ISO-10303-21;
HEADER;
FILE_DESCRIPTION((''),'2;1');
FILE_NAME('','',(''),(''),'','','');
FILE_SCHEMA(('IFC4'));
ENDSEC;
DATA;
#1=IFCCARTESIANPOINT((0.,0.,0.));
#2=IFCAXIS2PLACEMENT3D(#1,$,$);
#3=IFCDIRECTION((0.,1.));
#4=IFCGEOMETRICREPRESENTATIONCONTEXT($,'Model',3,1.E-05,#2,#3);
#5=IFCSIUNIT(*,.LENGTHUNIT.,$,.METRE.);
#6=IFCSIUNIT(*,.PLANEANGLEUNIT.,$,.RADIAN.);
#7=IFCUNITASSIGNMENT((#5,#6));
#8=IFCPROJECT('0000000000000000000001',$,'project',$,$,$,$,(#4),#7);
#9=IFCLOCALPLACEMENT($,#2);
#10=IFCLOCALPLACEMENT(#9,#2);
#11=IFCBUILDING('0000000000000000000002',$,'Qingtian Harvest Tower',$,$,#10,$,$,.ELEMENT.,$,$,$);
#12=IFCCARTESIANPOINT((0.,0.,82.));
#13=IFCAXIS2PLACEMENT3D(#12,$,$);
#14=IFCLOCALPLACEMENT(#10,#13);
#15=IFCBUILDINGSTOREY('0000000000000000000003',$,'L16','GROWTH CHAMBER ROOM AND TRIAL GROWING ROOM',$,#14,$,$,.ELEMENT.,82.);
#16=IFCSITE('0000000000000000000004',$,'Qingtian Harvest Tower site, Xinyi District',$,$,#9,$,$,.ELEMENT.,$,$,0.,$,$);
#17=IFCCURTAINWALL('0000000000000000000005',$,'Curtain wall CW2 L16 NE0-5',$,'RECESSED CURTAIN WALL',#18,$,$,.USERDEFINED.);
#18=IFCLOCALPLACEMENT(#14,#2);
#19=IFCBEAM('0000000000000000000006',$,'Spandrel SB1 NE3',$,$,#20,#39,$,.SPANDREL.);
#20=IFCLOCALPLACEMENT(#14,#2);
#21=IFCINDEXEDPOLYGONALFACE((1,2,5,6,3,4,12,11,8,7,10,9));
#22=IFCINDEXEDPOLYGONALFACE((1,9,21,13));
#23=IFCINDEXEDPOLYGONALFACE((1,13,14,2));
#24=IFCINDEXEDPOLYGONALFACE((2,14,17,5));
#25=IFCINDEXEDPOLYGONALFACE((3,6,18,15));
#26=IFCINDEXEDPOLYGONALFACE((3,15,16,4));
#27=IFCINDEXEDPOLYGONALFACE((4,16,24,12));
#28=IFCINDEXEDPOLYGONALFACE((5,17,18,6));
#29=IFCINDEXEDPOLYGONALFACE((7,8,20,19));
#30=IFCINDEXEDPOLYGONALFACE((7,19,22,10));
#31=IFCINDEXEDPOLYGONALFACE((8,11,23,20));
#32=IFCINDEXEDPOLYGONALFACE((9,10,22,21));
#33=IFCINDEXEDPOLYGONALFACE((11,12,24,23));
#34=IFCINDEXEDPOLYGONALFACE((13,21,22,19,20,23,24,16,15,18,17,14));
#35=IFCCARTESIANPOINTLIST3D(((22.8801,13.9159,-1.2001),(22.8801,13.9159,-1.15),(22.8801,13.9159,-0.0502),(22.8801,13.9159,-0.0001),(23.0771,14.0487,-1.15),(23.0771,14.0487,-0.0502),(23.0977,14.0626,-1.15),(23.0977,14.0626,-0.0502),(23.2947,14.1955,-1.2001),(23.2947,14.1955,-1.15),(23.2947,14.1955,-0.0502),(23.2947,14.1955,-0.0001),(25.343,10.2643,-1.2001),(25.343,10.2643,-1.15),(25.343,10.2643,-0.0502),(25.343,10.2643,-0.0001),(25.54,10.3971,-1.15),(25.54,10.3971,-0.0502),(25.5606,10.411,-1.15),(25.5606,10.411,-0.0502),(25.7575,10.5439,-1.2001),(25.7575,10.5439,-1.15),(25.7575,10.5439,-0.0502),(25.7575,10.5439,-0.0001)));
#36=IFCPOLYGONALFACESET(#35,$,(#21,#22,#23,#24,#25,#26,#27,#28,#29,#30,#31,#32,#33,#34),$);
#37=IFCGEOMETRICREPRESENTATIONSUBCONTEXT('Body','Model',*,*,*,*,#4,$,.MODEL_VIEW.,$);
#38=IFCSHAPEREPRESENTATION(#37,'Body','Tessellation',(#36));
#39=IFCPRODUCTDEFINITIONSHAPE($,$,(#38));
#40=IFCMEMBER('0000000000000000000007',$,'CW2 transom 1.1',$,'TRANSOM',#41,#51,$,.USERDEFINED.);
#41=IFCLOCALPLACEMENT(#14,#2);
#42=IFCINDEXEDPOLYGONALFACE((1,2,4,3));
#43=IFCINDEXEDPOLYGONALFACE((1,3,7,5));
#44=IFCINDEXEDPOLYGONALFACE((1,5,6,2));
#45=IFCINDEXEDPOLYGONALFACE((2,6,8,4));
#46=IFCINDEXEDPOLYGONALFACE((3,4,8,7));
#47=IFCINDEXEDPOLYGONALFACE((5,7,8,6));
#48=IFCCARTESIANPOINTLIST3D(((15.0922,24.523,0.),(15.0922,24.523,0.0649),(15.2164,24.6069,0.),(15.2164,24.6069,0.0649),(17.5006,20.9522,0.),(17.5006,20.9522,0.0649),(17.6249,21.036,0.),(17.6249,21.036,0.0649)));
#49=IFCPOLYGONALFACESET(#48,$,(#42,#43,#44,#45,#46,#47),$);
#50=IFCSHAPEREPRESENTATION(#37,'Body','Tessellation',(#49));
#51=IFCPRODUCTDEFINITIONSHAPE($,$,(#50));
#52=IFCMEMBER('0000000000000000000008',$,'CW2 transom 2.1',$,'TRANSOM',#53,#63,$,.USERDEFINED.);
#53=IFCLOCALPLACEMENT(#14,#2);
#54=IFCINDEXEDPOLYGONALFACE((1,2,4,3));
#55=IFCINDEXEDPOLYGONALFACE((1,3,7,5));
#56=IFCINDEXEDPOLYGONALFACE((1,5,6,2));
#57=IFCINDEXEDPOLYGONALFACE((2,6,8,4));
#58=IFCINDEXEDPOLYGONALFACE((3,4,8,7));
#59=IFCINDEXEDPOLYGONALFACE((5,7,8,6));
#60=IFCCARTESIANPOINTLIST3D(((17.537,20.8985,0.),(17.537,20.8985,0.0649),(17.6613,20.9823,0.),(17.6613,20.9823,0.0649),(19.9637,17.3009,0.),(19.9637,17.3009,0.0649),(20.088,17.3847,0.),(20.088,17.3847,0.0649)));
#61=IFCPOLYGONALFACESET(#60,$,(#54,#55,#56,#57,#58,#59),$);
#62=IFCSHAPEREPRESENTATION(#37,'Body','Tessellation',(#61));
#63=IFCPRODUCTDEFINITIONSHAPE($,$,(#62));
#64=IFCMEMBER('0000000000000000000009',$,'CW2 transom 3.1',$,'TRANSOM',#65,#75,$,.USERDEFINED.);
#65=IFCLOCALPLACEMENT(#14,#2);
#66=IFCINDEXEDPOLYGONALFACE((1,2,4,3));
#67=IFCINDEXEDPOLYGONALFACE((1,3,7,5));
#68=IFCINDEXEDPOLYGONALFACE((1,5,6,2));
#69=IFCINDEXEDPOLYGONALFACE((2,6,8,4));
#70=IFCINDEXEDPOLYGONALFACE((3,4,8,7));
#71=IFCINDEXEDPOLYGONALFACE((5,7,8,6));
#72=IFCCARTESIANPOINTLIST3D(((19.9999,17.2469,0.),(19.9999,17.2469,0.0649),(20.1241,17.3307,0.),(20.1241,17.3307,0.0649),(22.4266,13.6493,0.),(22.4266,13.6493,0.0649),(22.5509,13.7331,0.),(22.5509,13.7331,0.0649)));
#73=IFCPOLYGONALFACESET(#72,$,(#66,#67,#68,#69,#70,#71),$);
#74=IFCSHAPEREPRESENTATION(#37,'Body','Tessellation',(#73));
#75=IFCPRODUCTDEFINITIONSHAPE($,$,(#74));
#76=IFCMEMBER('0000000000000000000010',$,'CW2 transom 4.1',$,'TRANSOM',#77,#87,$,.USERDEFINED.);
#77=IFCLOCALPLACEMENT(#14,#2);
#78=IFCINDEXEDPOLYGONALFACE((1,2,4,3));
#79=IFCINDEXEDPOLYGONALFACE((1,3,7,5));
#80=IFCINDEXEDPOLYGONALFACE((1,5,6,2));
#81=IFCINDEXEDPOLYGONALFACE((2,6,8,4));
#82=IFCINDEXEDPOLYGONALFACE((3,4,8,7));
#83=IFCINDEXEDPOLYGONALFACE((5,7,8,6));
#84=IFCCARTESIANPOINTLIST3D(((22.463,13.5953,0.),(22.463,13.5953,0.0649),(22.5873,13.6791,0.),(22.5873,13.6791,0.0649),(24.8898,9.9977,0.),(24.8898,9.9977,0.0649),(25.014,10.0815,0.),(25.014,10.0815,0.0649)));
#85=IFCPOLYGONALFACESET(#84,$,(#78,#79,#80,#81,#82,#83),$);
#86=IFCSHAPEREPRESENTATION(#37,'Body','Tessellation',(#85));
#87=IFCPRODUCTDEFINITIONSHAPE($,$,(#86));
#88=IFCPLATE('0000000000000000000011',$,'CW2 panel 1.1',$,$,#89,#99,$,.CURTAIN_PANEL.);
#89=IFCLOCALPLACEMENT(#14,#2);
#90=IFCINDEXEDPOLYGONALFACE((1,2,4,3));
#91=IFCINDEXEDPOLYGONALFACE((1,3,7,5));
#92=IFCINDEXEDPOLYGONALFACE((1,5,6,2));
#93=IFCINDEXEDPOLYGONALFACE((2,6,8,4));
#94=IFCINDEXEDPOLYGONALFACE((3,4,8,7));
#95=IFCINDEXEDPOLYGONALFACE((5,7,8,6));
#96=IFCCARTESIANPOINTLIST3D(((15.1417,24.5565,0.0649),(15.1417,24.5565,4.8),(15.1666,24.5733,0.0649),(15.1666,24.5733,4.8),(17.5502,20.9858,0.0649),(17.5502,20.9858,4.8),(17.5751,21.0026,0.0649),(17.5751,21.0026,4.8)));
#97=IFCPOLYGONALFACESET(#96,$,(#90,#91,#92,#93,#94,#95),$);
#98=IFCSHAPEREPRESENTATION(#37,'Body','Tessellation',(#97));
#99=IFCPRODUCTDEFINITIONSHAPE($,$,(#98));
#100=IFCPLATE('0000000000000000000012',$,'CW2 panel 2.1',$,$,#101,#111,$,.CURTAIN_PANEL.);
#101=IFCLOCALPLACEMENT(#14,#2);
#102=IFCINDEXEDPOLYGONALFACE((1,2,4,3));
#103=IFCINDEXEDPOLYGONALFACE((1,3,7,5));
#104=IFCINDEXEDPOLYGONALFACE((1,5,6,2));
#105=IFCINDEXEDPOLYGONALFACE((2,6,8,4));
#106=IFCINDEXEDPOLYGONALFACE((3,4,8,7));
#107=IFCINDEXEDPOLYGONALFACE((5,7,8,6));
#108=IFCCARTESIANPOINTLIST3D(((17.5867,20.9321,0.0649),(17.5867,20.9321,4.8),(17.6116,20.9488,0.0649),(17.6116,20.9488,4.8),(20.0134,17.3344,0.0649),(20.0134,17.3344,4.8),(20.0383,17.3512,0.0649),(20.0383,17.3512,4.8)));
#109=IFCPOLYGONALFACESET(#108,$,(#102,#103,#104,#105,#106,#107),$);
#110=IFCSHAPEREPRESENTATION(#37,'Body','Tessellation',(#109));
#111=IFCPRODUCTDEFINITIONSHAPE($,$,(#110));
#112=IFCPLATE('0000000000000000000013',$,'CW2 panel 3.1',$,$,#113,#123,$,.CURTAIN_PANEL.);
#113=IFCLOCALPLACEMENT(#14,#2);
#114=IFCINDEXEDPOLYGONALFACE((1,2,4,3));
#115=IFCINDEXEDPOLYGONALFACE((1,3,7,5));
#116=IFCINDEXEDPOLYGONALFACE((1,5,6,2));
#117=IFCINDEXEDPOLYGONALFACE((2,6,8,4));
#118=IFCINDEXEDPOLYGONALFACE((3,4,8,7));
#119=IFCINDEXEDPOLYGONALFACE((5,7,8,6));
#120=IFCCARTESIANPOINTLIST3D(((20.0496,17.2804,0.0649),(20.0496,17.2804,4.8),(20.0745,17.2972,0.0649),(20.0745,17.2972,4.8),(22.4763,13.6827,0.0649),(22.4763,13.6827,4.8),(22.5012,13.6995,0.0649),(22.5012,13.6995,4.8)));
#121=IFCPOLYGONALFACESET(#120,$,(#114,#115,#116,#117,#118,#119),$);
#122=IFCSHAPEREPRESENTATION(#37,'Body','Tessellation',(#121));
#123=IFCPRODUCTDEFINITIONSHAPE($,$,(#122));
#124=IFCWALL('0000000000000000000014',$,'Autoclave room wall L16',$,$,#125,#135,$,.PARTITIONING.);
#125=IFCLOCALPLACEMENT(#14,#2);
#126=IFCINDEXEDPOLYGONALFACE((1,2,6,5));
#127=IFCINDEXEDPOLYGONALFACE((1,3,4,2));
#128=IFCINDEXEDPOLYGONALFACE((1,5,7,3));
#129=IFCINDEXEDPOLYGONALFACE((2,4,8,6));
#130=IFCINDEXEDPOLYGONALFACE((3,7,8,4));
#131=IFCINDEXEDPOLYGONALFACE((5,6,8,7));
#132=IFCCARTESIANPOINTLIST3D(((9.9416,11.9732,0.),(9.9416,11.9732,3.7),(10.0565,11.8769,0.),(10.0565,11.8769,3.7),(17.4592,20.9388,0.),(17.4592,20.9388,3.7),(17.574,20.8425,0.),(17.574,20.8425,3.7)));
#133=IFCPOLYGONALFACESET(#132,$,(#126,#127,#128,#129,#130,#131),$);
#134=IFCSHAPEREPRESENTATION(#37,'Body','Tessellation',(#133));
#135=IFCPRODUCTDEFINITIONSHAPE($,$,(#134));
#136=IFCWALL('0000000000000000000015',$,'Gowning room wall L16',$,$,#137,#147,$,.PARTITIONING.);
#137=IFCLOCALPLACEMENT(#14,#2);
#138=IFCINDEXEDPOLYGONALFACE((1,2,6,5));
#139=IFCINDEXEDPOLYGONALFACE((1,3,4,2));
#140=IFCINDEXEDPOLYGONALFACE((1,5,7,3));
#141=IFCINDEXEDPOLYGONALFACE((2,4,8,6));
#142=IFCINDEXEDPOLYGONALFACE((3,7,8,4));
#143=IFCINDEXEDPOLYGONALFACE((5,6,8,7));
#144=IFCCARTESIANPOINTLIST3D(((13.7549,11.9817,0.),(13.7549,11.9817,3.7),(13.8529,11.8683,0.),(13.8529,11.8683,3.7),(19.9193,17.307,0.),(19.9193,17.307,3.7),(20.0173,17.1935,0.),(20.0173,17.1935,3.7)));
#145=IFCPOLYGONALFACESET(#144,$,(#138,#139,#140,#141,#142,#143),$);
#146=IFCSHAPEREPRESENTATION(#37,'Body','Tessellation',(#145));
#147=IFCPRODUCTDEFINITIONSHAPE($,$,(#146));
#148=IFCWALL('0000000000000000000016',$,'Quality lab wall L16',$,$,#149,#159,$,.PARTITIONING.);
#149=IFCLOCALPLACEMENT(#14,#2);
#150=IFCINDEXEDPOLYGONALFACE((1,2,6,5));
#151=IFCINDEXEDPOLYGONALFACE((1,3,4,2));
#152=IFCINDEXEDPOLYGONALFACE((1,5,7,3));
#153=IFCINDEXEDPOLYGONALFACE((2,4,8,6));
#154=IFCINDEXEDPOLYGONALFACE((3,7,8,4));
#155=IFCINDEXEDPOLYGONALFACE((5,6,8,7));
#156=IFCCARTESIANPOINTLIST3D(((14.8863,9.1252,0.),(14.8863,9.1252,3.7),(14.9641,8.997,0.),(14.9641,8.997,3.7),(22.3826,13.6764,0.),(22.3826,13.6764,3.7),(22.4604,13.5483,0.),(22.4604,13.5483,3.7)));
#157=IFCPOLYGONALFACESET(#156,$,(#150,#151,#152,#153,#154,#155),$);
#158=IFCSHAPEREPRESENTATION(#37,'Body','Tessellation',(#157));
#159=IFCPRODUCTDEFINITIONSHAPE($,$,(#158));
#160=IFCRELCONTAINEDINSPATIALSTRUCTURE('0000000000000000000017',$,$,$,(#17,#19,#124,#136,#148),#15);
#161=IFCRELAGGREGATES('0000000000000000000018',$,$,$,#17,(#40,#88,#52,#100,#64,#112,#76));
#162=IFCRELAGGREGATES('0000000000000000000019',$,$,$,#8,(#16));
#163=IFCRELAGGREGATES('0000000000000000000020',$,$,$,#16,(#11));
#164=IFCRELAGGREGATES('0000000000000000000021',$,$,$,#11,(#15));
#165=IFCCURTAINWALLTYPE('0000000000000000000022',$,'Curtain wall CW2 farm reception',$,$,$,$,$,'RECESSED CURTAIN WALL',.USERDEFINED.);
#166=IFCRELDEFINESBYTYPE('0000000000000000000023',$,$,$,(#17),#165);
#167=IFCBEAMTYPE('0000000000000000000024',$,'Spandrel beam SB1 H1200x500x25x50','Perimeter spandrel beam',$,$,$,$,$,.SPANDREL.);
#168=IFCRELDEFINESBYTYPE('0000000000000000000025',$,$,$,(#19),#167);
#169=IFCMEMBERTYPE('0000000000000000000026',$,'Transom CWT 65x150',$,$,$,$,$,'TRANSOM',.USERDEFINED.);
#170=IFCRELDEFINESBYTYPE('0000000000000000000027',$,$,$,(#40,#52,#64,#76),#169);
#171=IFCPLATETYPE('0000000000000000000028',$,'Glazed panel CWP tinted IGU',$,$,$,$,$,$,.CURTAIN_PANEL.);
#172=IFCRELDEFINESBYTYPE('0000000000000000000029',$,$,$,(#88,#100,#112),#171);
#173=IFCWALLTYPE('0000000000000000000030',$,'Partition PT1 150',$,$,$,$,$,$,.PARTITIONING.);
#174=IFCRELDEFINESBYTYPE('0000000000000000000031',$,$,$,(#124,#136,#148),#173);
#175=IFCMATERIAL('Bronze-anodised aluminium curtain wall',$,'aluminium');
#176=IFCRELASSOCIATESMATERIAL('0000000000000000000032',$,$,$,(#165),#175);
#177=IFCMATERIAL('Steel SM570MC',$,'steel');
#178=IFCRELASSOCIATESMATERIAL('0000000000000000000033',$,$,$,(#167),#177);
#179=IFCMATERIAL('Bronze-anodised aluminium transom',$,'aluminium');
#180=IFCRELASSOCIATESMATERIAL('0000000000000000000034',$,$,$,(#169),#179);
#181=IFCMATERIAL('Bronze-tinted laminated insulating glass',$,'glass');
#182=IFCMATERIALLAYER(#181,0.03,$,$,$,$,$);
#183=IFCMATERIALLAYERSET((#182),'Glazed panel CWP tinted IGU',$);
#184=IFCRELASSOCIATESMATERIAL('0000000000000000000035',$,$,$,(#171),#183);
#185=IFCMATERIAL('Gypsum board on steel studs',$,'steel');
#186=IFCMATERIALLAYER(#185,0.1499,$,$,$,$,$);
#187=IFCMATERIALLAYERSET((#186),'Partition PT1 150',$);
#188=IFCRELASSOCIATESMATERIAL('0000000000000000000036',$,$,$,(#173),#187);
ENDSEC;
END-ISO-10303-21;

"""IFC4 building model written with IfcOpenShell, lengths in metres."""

from ifc_helpers import new_model, si_unit, direction, frame, frame_2d, origin, origin_2d, place, context, subcontext, project, spatial, rectangle, i_section, extrude, material, layer, layer_set, material_profile, profile_set, type_object, element, aggregate, save


model = new_model("IFC4")

# Units and contexts
model_context = context("Model", 3, precision=1e-05, world=origin(), true_north=direction((0.0, 1.0)))
body_context = subcontext(model_context, "Body", "Model", "MODEL_VIEW")
ifc_project = project(units=[si_unit("LENGTHUNIT", "METRE"), si_unit("PLANEANGLEUNIT", "RADIAN")], contexts=[model_context])

# Site, building, storey
site_placement = place(None, origin())
site = spatial("IfcSite", under=ifc_project, at=site_placement, Name="Qingtian Harvest Tower site, Xinyi District", CompositionType="ELEMENT", RefElevation=0.0)
building_placement = place(site_placement, origin())
building = spatial("IfcBuilding", under=site, at=building_placement, Name="Qingtian Harvest Tower", CompositionType="ELEMENT")
storey_placement = place(building_placement, frame((0.0, 0.0, 82.0)))
storey = spatial("IfcBuildingStorey", under=building, at=storey_placement, Name="L16", Description="GROWTH CHAMBER ROOM AND TRIAL GROWING ROOM", CompositionType="ELEMENT", Elevation=82.0)

# Shared definitions
ifc_material_1 = material(Name="Bronze-anodised aluminium curtain wall", Category="aluminium")
curtain_wall_type = type_object("IfcCurtainWallType", Name="Curtain wall CW2 farm reception", ElementType="RECESSED CURTAIN WALL", PredefinedType="USERDEFINED", material=ifc_material_1)

# Curtain wall
curtain_wall_1_placement = place(storey_placement, origin())
curtain_wall_1 = element("IfcCurtainWall", 1, at=curtain_wall_1_placement, inside=storey, type_object=curtain_wall_type, Name="Curtain wall CW2 L16 NE0-5", ObjectType="RECESSED CURTAIN WALL", PredefinedType="USERDEFINED")

# Beam
ifc_material_2 = material(Name="Steel SM570MC", Category="steel")
ifc_material_profile_1 = material_profile(ifc_material_2, i_section(OverallWidth=0.5, OverallDepth=1.2, WebThickness=0.0249, FlangeThickness=0.05, at=origin_2d()), Name="H1200x500x25x50")
ifc_profile_set_1 = profile_set([ifc_material_profile_1], Name="Steel SM570MC")
beam_type_1 = type_object("IfcBeamType", Name="Spandrel beam SB1 H1200x500x25x50", Description="Perimeter spandrel beam", PredefinedType="SPANDREL", material=ifc_profile_set_1)
for number, where, z_axis, x_axis, name in (
    (2, (23.0874, 14.0557, -0.6001), (0.559169, -0.829054, 0.0), (0.829054, 0.559169, 0.0), "Spandrel SB1 NE3"),
):
    element("IfcBeam", number, at=place(storey_placement, frame(where, z_axis=z_axis, x_axis=x_axis)), inside=storey, type_object=beam_type_1, Name=name, PredefinedType="SPANDREL", context=body_context, shape_type="SweptSolid", body=[
        extrude(i_section(OverallWidth=0.5, OverallDepth=1.2, WebThickness=0.0249, FlangeThickness=0.05, at=origin_2d()), origin(), (0.0, 0.0, 1.0), 4.4045),
    ])

# Members
ifc_material_3 = material(Name="Bronze-anodised aluminium transom", Category="aluminium")
ifc_material_profile_2 = material_profile(ifc_material_3, rectangle(XDim=0.1499, YDim=0.0649, at=origin_2d()), Name="AL 65x150")
ifc_profile_set_2 = profile_set([ifc_material_profile_2], Name="Bronze-anodised aluminium transom")
member_type_1 = type_object("IfcMemberType", Name="Transom CWT 65x150", ElementType="TRANSOM", PredefinedType="USERDEFINED", material=ifc_profile_set_2)
member_1_placement = place(storey_placement, frame((15.1543, 24.5649, 0.0325), z_axis=(0.559179, -0.829047, 0.0), x_axis=(0.829047, 0.559179, 0.0)))
member_1 = element("IfcMember", 3, at=member_1_placement, type_object=member_type_1, Name="CW2 transom 1.1", ObjectType="TRANSOM", PredefinedType="USERDEFINED", context=body_context, shape_type="SweptSolid", body=[
    extrude(rectangle(XDim=0.1499, YDim=0.0649, at=origin_2d()), origin(), (0.0, 0.0, 1.0), 4.3071),
])
member_2_placement = place(storey_placement, frame((17.5991, 20.9404, 0.0325), z_axis=(0.55921, -0.829026, 0.0), x_axis=(0.829026, 0.55921, 0.0)))
member_2 = element("IfcMember", 4, at=member_2_placement, type_object=member_type_1, Name="CW2 transom 2.1", ObjectType="TRANSOM", PredefinedType="USERDEFINED", context=body_context, shape_type="SweptSolid", body=[
    extrude(rectangle(XDim=0.1499, YDim=0.0649, at=origin_2d()), origin(), (0.0, 0.0, 1.0), 4.3396),
])
member_3_placement = place(storey_placement, frame((20.062, 17.2888, 0.0325), z_axis=(0.55921, -0.829026, 0.0), x_axis=(0.829026, 0.55921, 0.0)))
member_3 = element("IfcMember", 5, at=member_3_placement, type_object=member_type_1, Name="CW2 transom 3.1", ObjectType="TRANSOM", PredefinedType="USERDEFINED", context=body_context, shape_type="SweptSolid", body=[
    extrude(rectangle(XDim=0.1499, YDim=0.0649, at=origin_2d()), origin(), (0.0, 0.0, 1.0), 4.3396),
])
member_4_placement = place(storey_placement, frame((22.5251, 13.6372, 0.0325), z_axis=(0.55921, -0.829026, 0.0), x_axis=(0.829026, 0.55921, 0.0)))
member_4 = element("IfcMember", 6, at=member_4_placement, type_object=member_type_1, Name="CW2 transom 4.1", ObjectType="TRANSOM", PredefinedType="USERDEFINED", context=body_context, shape_type="SweptSolid", body=[
    extrude(rectangle(XDim=0.1499, YDim=0.0649, at=origin_2d()), origin(), (0.0, 0.0, 1.0), 4.3396),
])

# Plates
ifc_material_4 = material(Name="Bronze-tinted laminated insulating glass", Category="glass")
ifc_layer_1 = layer(ifc_material_4, 0.03)
ifc_layer_set_1 = layer_set([ifc_layer_1], Name="Glazed panel CWP tinted IGU")
plate_type = type_object("IfcPlateType", Name="Glazed panel CWP tinted IGU", PredefinedType="CURTAIN_PANEL", material=ifc_layer_set_1)
plate_1_placement = place(storey_placement, frame((16.3584, 22.7795, 0.0649), z_axis=(0.0, 0.0, 1.0), x_axis=(0.559193, -0.829038, 0.0)))
plate_1 = element("IfcPlate", 7, at=plate_1_placement, type_object=plate_type, Name="CW2 panel 1.1", PredefinedType="CURTAIN_PANEL", context=body_context, shape_type="SweptSolid", body=[
    extrude(rectangle(XDim=4.3071, YDim=0.03, at=origin_2d()), origin(), (0.0, 0.0, 1.0), 4.7351),
])
plate_2_placement = place(storey_placement, frame((18.8125, 19.1416, 0.0649), z_axis=(0.0, 0.0, 1.0), x_axis=(0.559193, -0.829038, 0.0)))
plate_2 = element("IfcPlate", 8, at=plate_2_placement, type_object=plate_type, Name="CW2 panel 2.1", PredefinedType="CURTAIN_PANEL", context=body_context, shape_type="SweptSolid", body=[
    extrude(rectangle(XDim=4.3396, YDim=0.03, at=origin_2d()), origin(), (0.0, 0.0, 1.0), 4.7351),
])
plate_3_placement = place(storey_placement, frame((21.2754, 15.49, 0.0649), z_axis=(0.0, 0.0, 1.0), x_axis=(0.559193, -0.829038, 0.0)))
plate_3 = element("IfcPlate", 9, at=plate_3_placement, type_object=plate_type, Name="CW2 panel 3.1", PredefinedType="CURTAIN_PANEL", context=body_context, shape_type="SweptSolid", body=[
    extrude(rectangle(XDim=4.3396, YDim=0.03, at=origin_2d()), origin(), (0.0, 0.0, 1.0), 4.7351),
])
aggregate(curtain_wall_1, [member_1, plate_1, member_2, plate_2, member_3, plate_3, member_4])

# Walls
ifc_material_5 = material(Name="Gypsum board on steel studs", Category="steel")
ifc_layer_2 = layer(ifc_material_5, 0.1499)
ifc_layer_set_2 = layer_set([ifc_layer_2], Name="Partition PT1 150")
wall_type = type_object("IfcWallType", Name="Partition PT1 150", PredefinedType="PARTITIONING", material=ifc_layer_set_2)
wall_1_placement = place(storey_placement, frame((17.5166, 20.8906, 0.0), z_axis=(0.0, 0.0, 1.0), x_axis=(-0.642515, -0.766273, 0.0)))
element("IfcWall", 10, at=wall_1_placement, inside=storey, type_object=wall_type, Name="Autoclave room wall L16", PredefinedType="PARTITIONING", context=body_context, shape_type="SweptSolid", body=[
    extrude(rectangle(XDim=11.7002, YDim=0.1499, at=frame_2d((5.8501, 0.0))), origin(), (0.0, 0.0, 1.0), 3.7),
])
wall_2_placement = place(storey_placement, frame((19.9683, 17.2502, 0.0), z_axis=(0.0, 0.0, 1.0), x_axis=(-0.756733, -0.653724, 0.0)))
element("IfcWall", 11, at=wall_2_placement, inside=storey, type_object=wall_type, Name="Gowning room wall L16", PredefinedType="PARTITIONING", context=body_context, shape_type="SweptSolid", body=[
    extrude(rectangle(XDim=8.146, YDim=0.1499, at=frame_2d((4.073, 0.0))), origin(), (0.0, 0.0, 1.0), 3.7),
])
wall_3_placement = place(storey_placement, frame((22.4214, 13.6123, 0.0), z_axis=(0.0, 0.0, 1.0), x_axis=(-0.854791, -0.518972, 0.0)))
element("IfcWall", 12, at=wall_3_placement, inside=storey, type_object=wall_type, Name="Quality lab wall L16", PredefinedType="PARTITIONING", context=body_context, shape_type="SweptSolid", body=[
    extrude(rectangle(XDim=8.7698, YDim=0.1499, at=frame_2d((4.3848, 0.0))), origin(), (0.0, 0.0, 1.0), 3.7),
])

save(model, "model.ifc")
